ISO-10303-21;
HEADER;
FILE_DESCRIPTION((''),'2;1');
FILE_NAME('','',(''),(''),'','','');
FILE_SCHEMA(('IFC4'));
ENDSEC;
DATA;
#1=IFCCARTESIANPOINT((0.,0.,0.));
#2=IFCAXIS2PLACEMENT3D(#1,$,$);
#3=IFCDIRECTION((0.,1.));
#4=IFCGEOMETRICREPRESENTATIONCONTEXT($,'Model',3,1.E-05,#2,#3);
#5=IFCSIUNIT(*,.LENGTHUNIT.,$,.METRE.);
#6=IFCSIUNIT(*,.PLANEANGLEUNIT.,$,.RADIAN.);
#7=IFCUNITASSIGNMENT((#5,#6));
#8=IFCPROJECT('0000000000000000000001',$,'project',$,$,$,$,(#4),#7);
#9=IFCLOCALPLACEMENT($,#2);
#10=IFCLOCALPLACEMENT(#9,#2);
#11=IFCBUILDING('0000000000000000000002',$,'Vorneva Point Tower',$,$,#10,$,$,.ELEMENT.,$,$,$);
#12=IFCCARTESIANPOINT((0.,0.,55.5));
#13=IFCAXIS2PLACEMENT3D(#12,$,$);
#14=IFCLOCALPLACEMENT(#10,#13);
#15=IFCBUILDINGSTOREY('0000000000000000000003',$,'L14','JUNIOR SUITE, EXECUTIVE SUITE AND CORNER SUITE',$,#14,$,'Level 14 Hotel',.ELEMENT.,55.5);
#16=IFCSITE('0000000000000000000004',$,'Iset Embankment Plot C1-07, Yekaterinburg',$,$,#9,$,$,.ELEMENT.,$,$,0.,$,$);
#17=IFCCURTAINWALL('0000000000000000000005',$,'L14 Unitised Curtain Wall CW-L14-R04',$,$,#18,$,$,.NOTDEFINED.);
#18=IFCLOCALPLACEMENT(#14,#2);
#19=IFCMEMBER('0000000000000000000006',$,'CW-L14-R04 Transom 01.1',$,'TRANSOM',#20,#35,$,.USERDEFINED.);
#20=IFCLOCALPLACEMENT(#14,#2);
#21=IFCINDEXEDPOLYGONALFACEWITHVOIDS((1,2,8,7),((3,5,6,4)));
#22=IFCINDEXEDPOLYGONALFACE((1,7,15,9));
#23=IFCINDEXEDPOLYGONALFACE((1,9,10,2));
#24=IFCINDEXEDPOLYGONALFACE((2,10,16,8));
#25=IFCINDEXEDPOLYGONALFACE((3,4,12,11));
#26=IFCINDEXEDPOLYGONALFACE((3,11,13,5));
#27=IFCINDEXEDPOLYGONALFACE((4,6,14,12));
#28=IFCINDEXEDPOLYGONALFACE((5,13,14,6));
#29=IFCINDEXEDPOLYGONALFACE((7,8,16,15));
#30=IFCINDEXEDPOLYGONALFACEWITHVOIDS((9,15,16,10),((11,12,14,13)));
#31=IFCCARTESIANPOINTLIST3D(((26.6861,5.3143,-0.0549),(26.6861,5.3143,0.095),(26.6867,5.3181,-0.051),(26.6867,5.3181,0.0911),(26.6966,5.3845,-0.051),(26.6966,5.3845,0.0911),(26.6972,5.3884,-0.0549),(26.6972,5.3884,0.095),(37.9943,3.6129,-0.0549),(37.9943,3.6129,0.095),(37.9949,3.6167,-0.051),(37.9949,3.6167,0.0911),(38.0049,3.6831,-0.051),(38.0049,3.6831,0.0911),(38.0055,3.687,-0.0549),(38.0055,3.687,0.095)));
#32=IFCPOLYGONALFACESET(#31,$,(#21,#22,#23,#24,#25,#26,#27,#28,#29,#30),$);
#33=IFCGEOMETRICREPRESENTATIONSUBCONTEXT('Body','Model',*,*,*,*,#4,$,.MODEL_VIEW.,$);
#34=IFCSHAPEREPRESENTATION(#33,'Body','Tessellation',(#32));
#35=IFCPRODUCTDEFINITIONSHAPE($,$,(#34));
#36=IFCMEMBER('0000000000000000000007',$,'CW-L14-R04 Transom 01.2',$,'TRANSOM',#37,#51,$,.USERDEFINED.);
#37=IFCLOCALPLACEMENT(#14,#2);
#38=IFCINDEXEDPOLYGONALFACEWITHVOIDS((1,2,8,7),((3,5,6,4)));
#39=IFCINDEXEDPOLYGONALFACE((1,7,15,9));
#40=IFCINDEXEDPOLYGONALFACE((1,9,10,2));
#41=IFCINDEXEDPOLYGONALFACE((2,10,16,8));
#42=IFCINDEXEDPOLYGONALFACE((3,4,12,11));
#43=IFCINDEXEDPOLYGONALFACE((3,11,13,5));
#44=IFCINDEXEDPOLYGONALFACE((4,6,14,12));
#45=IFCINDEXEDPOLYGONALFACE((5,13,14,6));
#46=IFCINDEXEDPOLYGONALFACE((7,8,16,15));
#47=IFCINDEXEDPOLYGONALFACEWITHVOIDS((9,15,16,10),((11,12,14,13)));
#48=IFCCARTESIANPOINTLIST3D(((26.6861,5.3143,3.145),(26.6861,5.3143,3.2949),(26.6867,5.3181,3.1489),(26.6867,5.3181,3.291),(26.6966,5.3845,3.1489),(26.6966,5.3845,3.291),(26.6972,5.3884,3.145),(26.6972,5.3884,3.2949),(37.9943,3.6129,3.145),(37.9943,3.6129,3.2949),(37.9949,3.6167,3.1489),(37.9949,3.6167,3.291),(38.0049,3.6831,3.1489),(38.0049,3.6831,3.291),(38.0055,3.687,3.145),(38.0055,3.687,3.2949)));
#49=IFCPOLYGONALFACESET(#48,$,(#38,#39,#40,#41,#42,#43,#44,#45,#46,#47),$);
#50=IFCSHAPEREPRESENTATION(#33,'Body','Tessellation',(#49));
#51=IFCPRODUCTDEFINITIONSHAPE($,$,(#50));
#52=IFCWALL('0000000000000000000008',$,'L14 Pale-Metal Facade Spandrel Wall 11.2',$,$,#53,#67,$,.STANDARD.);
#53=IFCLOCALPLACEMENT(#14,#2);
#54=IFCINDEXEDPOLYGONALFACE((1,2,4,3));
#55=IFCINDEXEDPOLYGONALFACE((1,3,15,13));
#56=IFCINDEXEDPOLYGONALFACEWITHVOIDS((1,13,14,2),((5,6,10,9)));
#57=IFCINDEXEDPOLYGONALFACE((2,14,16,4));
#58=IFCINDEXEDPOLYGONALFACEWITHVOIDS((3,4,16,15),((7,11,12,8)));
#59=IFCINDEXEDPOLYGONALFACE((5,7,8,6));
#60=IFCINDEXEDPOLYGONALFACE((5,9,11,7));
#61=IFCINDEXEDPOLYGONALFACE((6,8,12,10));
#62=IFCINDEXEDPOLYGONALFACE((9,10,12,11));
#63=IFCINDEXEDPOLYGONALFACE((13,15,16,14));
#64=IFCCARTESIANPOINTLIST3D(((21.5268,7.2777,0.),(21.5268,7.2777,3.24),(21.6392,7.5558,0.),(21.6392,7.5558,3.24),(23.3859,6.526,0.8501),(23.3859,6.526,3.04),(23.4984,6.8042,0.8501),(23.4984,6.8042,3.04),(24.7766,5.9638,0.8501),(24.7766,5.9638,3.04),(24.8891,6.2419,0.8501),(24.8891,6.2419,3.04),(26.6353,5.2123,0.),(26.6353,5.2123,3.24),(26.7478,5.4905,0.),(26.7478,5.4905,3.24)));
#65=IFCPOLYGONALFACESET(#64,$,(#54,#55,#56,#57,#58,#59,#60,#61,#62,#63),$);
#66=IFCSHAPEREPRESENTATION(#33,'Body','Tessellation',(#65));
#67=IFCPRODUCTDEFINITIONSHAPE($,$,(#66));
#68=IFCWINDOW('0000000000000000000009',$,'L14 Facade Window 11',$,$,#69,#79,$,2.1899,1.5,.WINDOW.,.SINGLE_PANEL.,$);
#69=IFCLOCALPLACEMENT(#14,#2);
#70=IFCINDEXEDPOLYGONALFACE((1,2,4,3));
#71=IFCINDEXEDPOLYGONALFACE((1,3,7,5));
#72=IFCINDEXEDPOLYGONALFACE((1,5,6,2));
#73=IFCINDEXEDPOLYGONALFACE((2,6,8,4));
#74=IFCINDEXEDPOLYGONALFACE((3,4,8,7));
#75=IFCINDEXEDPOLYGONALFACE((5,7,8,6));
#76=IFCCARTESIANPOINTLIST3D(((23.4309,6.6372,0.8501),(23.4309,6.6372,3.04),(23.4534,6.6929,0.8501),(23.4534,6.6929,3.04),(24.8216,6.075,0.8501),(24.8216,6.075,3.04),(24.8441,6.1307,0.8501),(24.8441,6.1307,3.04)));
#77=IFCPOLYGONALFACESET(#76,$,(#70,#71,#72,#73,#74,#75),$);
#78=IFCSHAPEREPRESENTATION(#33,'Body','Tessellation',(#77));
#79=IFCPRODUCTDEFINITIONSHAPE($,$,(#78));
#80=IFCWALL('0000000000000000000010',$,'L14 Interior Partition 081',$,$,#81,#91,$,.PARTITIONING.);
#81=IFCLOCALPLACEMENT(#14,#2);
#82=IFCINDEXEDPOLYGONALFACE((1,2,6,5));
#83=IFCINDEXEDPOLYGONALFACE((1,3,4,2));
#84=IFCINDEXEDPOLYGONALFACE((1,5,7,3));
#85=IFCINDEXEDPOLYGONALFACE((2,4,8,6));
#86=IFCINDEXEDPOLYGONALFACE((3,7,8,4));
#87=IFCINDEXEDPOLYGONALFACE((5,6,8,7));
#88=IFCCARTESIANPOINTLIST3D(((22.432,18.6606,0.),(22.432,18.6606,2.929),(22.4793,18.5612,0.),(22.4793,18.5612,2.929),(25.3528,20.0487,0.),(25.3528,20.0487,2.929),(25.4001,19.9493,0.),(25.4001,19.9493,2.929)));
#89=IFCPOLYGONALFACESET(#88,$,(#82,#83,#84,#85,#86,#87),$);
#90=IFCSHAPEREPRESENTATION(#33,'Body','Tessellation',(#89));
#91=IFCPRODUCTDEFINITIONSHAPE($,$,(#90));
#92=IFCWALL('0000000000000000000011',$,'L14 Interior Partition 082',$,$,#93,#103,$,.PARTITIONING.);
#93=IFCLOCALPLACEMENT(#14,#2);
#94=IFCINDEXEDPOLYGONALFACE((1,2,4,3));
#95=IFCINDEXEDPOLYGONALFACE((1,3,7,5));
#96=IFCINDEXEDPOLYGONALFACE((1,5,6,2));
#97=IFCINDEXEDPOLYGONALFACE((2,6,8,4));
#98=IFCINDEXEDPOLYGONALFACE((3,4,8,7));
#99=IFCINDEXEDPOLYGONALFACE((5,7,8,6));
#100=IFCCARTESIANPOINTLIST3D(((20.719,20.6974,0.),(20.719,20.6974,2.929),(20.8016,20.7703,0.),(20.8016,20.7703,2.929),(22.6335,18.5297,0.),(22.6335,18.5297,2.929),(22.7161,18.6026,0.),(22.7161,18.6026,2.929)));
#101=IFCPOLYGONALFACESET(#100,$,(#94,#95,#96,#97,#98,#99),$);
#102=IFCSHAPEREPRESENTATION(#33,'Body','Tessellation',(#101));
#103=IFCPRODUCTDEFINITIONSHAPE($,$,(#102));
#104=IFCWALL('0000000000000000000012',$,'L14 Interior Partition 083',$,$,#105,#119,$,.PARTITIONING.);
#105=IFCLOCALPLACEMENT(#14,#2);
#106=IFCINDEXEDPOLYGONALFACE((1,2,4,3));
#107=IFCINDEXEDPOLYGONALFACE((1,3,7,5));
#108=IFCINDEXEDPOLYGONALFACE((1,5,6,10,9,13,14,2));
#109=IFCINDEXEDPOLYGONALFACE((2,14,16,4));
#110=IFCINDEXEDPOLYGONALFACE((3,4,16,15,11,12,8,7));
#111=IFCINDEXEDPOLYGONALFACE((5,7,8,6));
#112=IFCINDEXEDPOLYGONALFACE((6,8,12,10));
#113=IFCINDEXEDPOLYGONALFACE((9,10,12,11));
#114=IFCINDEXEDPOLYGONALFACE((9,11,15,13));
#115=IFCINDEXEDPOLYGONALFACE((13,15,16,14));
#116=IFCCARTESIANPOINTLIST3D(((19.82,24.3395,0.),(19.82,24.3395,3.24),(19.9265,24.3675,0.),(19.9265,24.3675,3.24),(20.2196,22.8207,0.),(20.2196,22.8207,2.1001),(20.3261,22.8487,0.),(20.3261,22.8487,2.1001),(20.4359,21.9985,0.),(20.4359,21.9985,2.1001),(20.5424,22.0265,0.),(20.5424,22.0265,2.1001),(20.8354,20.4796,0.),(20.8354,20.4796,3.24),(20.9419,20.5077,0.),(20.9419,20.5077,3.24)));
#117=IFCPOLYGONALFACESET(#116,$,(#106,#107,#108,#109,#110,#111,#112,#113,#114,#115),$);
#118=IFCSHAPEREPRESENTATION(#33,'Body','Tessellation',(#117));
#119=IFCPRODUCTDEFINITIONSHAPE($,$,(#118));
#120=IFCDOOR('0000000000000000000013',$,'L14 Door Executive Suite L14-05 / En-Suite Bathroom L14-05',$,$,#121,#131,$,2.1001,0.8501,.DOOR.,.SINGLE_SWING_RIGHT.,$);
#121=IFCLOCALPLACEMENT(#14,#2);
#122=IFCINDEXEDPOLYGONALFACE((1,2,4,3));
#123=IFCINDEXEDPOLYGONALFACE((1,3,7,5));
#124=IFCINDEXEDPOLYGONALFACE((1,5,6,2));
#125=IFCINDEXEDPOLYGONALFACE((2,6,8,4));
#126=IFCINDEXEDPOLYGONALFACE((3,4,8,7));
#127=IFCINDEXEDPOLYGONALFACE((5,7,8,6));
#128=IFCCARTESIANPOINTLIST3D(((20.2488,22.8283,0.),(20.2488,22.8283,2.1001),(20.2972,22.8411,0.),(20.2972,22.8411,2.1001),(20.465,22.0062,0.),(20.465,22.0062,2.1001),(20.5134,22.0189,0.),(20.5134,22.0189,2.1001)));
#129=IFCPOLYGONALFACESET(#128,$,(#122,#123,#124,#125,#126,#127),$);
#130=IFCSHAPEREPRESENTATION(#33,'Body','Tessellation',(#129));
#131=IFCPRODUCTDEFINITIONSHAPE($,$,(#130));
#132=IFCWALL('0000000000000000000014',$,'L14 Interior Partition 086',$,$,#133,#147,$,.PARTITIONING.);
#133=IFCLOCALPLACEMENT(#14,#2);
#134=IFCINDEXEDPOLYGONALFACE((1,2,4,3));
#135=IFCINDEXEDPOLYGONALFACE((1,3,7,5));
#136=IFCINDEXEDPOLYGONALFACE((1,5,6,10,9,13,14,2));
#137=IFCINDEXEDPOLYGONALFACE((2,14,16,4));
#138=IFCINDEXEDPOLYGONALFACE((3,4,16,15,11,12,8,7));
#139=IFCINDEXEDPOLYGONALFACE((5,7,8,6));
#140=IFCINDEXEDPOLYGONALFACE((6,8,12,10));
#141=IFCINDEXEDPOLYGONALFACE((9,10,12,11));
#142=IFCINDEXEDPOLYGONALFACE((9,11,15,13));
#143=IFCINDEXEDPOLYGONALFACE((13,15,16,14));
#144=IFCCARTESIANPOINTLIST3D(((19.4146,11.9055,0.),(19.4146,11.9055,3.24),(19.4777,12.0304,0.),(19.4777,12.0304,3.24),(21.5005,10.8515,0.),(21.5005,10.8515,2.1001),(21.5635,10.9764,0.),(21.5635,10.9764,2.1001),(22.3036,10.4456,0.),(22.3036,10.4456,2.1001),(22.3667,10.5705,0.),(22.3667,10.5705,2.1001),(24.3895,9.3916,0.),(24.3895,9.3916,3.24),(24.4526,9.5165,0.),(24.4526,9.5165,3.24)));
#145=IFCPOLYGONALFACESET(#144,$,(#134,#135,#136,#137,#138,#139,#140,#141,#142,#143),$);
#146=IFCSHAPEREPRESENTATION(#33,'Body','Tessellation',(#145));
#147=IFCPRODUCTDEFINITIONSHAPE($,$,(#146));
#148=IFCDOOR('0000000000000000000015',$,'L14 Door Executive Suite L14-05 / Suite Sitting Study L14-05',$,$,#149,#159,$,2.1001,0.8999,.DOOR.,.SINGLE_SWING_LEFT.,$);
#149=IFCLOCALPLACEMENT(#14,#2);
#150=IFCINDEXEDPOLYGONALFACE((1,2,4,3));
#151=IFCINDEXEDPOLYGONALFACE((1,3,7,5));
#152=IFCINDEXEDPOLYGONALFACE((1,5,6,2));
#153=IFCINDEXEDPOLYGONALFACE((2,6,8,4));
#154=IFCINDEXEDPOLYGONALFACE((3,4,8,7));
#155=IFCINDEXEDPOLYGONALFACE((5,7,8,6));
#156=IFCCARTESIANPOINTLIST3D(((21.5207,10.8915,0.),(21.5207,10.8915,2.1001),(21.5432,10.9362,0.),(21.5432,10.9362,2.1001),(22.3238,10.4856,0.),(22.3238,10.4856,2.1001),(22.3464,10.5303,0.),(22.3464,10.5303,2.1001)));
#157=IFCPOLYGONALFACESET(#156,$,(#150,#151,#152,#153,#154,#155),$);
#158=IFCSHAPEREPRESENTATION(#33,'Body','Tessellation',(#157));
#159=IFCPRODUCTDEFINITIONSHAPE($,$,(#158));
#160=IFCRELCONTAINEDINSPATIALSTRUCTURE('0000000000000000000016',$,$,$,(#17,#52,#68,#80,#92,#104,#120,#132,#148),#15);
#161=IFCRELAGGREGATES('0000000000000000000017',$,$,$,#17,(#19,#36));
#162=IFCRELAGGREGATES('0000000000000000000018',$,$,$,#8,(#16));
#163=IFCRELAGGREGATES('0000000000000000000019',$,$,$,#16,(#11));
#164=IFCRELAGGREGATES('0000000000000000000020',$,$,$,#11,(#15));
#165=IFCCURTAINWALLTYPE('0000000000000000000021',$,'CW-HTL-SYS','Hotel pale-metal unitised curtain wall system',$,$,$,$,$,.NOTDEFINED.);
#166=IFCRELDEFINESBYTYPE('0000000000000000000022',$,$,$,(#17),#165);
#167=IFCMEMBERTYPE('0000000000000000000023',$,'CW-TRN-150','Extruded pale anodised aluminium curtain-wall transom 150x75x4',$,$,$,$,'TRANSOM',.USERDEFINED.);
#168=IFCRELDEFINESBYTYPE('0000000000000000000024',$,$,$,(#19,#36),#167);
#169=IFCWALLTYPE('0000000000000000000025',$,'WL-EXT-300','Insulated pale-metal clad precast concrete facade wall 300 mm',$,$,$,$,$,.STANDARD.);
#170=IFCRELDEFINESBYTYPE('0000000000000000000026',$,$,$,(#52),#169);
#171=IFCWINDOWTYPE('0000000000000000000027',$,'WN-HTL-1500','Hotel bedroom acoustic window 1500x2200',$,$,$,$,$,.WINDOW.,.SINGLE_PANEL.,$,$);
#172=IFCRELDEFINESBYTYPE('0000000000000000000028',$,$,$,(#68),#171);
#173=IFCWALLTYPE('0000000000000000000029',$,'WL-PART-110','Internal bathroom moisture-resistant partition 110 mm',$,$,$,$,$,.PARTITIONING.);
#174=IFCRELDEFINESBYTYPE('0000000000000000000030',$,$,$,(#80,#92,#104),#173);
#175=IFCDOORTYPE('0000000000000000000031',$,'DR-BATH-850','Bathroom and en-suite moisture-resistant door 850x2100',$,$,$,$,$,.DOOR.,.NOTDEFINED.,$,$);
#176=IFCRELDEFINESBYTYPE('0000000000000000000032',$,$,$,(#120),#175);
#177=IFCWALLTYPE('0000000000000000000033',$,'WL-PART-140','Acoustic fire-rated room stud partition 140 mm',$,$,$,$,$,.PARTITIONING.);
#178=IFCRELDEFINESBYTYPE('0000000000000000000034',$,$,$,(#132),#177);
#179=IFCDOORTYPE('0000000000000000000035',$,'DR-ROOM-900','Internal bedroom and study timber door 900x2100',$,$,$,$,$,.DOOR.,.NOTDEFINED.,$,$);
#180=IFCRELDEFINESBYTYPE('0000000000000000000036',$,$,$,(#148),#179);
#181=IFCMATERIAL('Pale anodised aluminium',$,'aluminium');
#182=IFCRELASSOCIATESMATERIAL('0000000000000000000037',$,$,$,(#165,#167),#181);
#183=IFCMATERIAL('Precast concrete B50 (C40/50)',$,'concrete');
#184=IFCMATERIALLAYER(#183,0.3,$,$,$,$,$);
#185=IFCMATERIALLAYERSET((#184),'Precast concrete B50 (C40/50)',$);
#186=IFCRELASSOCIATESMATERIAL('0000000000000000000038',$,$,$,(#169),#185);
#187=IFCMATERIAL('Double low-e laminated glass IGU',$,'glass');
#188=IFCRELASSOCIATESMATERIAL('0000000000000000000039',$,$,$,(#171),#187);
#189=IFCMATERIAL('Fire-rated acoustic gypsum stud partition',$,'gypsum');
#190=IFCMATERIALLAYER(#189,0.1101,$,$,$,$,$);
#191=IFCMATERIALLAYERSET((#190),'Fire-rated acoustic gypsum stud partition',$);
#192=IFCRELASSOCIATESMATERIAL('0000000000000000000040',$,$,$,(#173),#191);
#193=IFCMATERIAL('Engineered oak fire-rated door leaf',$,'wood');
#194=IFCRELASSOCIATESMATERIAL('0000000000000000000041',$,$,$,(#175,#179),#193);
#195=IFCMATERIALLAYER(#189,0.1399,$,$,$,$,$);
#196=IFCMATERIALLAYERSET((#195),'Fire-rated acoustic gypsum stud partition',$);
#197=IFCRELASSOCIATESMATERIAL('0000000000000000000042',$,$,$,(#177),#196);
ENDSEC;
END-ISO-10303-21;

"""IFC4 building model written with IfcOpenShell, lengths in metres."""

from ifc_helpers import new_model, si_unit, direction, frame, frame_2d, origin, origin_2d, place, context, subcontext, project, spatial, rectangle, hollow_rectangle, extrude, material, layer, layer_set, material_profile, profile_set, type_object, element, fill, aggregate, save


model = new_model("IFC4")

# Units and contexts
model_context = context("Model", 3, precision=1e-05, world=origin(), true_north=direction((0.0, 1.0)))
body_context = subcontext(model_context, "Body", "Model", "MODEL_VIEW")
ifc_project = project(units=[si_unit("LENGTHUNIT", "METRE"), si_unit("PLANEANGLEUNIT", "RADIAN")], contexts=[model_context])

# Site, building, storey
site_placement = place(None, origin())
site = spatial("IfcSite", under=ifc_project, at=site_placement, Name="Iset Embankment Plot C1-07, Yekaterinburg", CompositionType="ELEMENT", RefElevation=0.0)
building_placement = place(site_placement, origin())
building = spatial("IfcBuilding", under=site, at=building_placement, Name="Vorneva Point Tower", CompositionType="ELEMENT")
storey_placement = place(building_placement, frame((0.0, 0.0, 55.5)))
storey = spatial("IfcBuildingStorey", under=building, at=storey_placement, Name="L14", Description="JUNIOR SUITE, EXECUTIVE SUITE AND CORNER SUITE", LongName="Level 14 Hotel", CompositionType="ELEMENT", Elevation=55.5)

# Shared definitions
ifc_material_1 = material(Name="Pale anodised aluminium", Category="aluminium")
curtain_wall_type = type_object("IfcCurtainWallType", Name="CW-HTL-SYS", Description="Hotel pale-metal unitised curtain wall system", PredefinedType="NOTDEFINED", material=ifc_material_1)

# Curtain wall, members
curtain_wall_1_placement = place(storey_placement, origin())
curtain_wall_1 = element("IfcCurtainWall", 1, at=curtain_wall_1_placement, inside=storey, type_object=curtain_wall_type, Name="L14 Unitised Curtain Wall CW-L14-R04", PredefinedType="NOTDEFINED")
ifc_material_profile_1 = material_profile(ifc_material_1, hollow_rectangle(XDim=0.075, YDim=0.1499, WallThickness=0.0039, at=origin_2d()), Name="AL-TRN 150x75x4")
ifc_profile_set_1 = profile_set([ifc_material_profile_1], Name="Pale anodised aluminium")
member_type_1 = type_object("IfcMemberType", Name="CW-TRN-150", Description="Extruded pale anodised aluminium curtain-wall transom 150x75x4", ElementType="TRANSOM", PredefinedType="USERDEFINED", material=ifc_profile_set_1)
member_1_placement = place(storey_placement, frame((26.6917, 5.3513, 0.02), z_axis=(0.98887, -0.148782, 0.0), x_axis=(0.148782, 0.98887, 0.0)))
member_1 = element("IfcMember", 2, at=member_1_placement, type_object=member_type_1, Name="CW-L14-R04 Transom 01.1", ObjectType="TRANSOM", PredefinedType="USERDEFINED", context=body_context, shape_type="SweptSolid", body=[
    extrude(hollow_rectangle(XDim=0.075, YDim=0.1499, WallThickness=0.0039, at=origin_2d()), origin(), (0.0, 0.0, 1.0), 11.4355),
])
member_2_placement = place(storey_placement, frame((26.6917, 5.3513, 3.22), z_axis=(0.98887, -0.148782, 0.0), x_axis=(0.148782, 0.98887, 0.0)))
member_2 = element("IfcMember", 3, at=member_2_placement, type_object=member_type_1, Name="CW-L14-R04 Transom 01.2", ObjectType="TRANSOM", PredefinedType="USERDEFINED", context=body_context, shape_type="SweptSolid", body=[
    extrude(hollow_rectangle(XDim=0.075, YDim=0.1499, WallThickness=0.0039, at=origin_2d()), origin(), (0.0, 0.0, 1.0), 11.4355),
])
aggregate(curtain_wall_1, [member_1, member_2])

# Wall, opening, window
ifc_material_2 = material(Name="Precast concrete B50 (C40/50)", Category="concrete")
ifc_layer_1 = layer(ifc_material_2, 0.3)
ifc_layer_set_1 = layer_set([ifc_layer_1], Name="Precast concrete B50 (C40/50)")
wall_type_1 = type_object("IfcWallType", Name="WL-EXT-300", Description="Insulated pale-metal clad precast concrete facade wall 300 mm", PredefinedType="STANDARD", material=ifc_layer_set_1)
wall_1_placement = place(storey_placement, frame((21.583, 7.4167, 0.0), z_axis=(0.0, 0.0, 1.0), x_axis=(0.927095, -0.374826, 0.0)))
wall_1 = element("IfcWall", 4, at=wall_1_placement, inside=storey, type_object=wall_type_1, Name="L14 Pale-Metal Facade Spandrel Wall 11.2", PredefinedType="STANDARD", context=body_context, shape_type="SweptSolid", body=[
    extrude(rectangle(XDim=5.5103, YDim=0.3, at=frame_2d((2.7551, 0.0))), origin(), (0.0, 0.0, 1.0), 3.24),
])
opening_1_placement = place(wall_1_placement, frame((2.0054, 0.0, 0.8501)))
opening_1 = element("IfcOpeningElement", 5, at=opening_1_placement, cuts=wall_1, PredefinedType="OPENING", context=body_context, shape_type="SweptSolid", body=[
    extrude(rectangle(XDim=1.5, YDim=2.1899, at=frame_2d((0.75, 1.095))), frame((0.0, 0.165, 0.0), z_axis=(0.0, -1.0, 0.0), x_axis=(1.0, 0.0, 0.0)), (0.0, 0.0, 1.0), 0.3298),
])
ifc_material_3 = material(Name="Double low-e laminated glass IGU", Category="glass")
window_type = type_object("IfcWindowType", Name="WN-HTL-1500", Description="Hotel bedroom acoustic window 1500x2200", PartitioningType="SINGLE_PANEL", PredefinedType="WINDOW", material=ifc_material_3)
window_placement = place(opening_1_placement, origin())
window = element("IfcWindow", 6, at=window_placement, inside=storey, type_object=window_type, Name="L14 Facade Window 11", OverallHeight=2.1899, OverallWidth=1.5, PartitioningType="SINGLE_PANEL", PredefinedType="WINDOW", context=body_context, shape_type="SweptSolid", body=[
    extrude(rectangle(XDim=1.5, YDim=2.1899, at=frame_2d((0.75, 1.095))), frame((0.0, 0.03, 0.0), z_axis=(0.0, -1.0, 0.0), x_axis=(1.0, 0.0, 0.0)), (0.0, 0.0, 1.0), 0.0601),
])
fill(opening_1, window)

# Walls
ifc_material_4 = material(Name="Fire-rated acoustic gypsum stud partition", Category="gypsum")
ifc_layer_2 = layer(ifc_material_4, 0.1101)
ifc_layer_set_2 = layer_set([ifc_layer_2], Name="Fire-rated acoustic gypsum stud partition")
wall_type_2 = type_object("IfcWallType", Name="WL-PART-110", Description="Internal bathroom moisture-resistant partition 110 mm", PredefinedType="PARTITIONING", material=ifc_layer_set_2)
wall_2_placement = place(storey_placement, frame((25.3765, 19.999, 0.0), z_axis=(0.0, 0.0, 1.0), x_axis=(-0.903187, -0.429248, 0.0)))
element("IfcWall", 7, at=wall_2_placement, inside=storey, type_object=wall_type_2, Name="L14 Interior Partition 081", PredefinedType="PARTITIONING", context=body_context, shape_type="SweptSolid", body=[
    extrude(rectangle(XDim=3.2339, YDim=0.1101, at=frame_2d((1.6169, 0.0))), origin(), (0.0, 0.0, 1.0), 2.929),
])
wall_3_placement = place(storey_placement, frame((22.6748, 18.5662, 0.0), z_axis=(0.0, 0.0, 1.0), x_axis=(-0.661982, 0.74952, 0.0)))
element("IfcWall", 8, at=wall_3_placement, inside=storey, type_object=wall_type_2, Name="L14 Interior Partition 082", PredefinedType="PARTITIONING", context=body_context, shape_type="SweptSolid", body=[
    extrude(rectangle(XDim=2.8921, YDim=0.1101, at=frame_2d((1.446, 0.0))), origin(), (0.0, 0.0, 1.0), 2.929),
])

# Walls, openings, doors
wall_4_placement = place(storey_placement, frame((20.8887, 20.4937, 0.0), z_axis=(0.0, 0.0, 1.0), x_axis=(-0.254406, 0.967098, 0.0)))
wall_4 = element("IfcWall", 9, at=wall_4_placement, inside=storey, type_object=wall_type_2, Name="L14 Interior Partition 083", PredefinedType="PARTITIONING", context=body_context, shape_type="SweptSolid", body=[
    extrude(rectangle(XDim=3.9912, YDim=0.1101, at=frame_2d((1.9956, 0.0))), origin(), (0.0, 0.0, 1.0), 3.24),
])
opening_2_placement = place(wall_4_placement, frame((1.5706, 0.0, 0.0)))
opening_2 = element("IfcOpeningElement", 10, at=opening_2_placement, cuts=wall_4, PredefinedType="OPENING", context=body_context, shape_type="SweptSolid", body=[
    extrude(rectangle(XDim=0.8501, YDim=2.1001, at=frame_2d((0.425, 1.05))), frame((0.0, 0.0698, 0.0), z_axis=(0.0, -1.0, 0.0), x_axis=(1.0, 0.0, 0.0)), (0.0, 0.0, 1.0), 0.1399),
])
ifc_material_5 = material(Name="Engineered oak fire-rated door leaf", Category="wood")
door_type_1 = type_object("IfcDoorType", Name="DR-BATH-850", Description="Bathroom and en-suite moisture-resistant door 850x2100", OperationType="NOTDEFINED", PredefinedType="DOOR", material=ifc_material_5)
door_1_placement = place(opening_2_placement, origin())
door_1 = element("IfcDoor", 11, at=door_1_placement, inside=storey, type_object=door_type_1, Name="L14 Door Executive Suite L14-05 / En-Suite Bathroom L14-05", OperationType="SINGLE_SWING_RIGHT", OverallHeight=2.1001, OverallWidth=0.8501, PredefinedType="DOOR", context=body_context, shape_type="SweptSolid", body=[
    extrude(rectangle(XDim=0.8501, YDim=2.1001, at=frame_2d((0.425, 1.05))), frame((0.0, 0.0249, 0.0), z_axis=(0.0, -1.0, 0.0), x_axis=(1.0, 0.0, 0.0)), (0.0, 0.0, 1.0), 0.05),
])
fill(opening_2, door_1)
ifc_layer_3 = layer(ifc_material_4, 0.1399)
ifc_layer_set_3 = layer_set([ifc_layer_3], Name="Fire-rated acoustic gypsum stud partition")
wall_type_3 = type_object("IfcWallType", Name="WL-PART-140", Description="Acoustic fire-rated room stud partition 140 mm", PredefinedType="PARTITIONING", material=ifc_layer_set_3)
wall_5_placement = place(storey_placement, frame((19.446, 11.968, 0.0), z_axis=(0.0, 0.0, 1.0), x_axis=(0.892518, -0.451011, 0.0)))
wall_5 = element("IfcWall", 12, at=wall_5_placement, inside=storey, type_object=wall_type_3, Name="L14 Interior Partition 086", PredefinedType="PARTITIONING", context=body_context, shape_type="SweptSolid", body=[
    extrude(rectangle(XDim=5.574, YDim=0.1399, at=frame_2d((2.7871, 0.0))), origin(), (0.0, 0.0, 1.0), 3.24),
])
opening_3_placement = place(wall_5_placement, frame((2.3372, 0.0, 0.0)))
opening_3 = element("IfcOpeningElement", 13, at=opening_3_placement, cuts=wall_5, PredefinedType="OPENING", context=body_context, shape_type="SweptSolid", body=[
    extrude(rectangle(XDim=0.8999, YDim=2.1001, at=frame_2d((0.45, 1.05))), frame((0.0, 0.085, 0.0), z_axis=(0.0, -1.0, 0.0), x_axis=(1.0, 0.0, 0.0)), (0.0, 0.0, 1.0), 0.1697),
])
door_type_2 = type_object("IfcDoorType", Name="DR-ROOM-900", Description="Internal bedroom and study timber door 900x2100", OperationType="NOTDEFINED", PredefinedType="DOOR", material=ifc_material_5)
door_2_placement = place(opening_3_placement, origin())
door_2 = element("IfcDoor", 14, at=door_2_placement, inside=storey, type_object=door_type_2, Name="L14 Door Executive Suite L14-05 / Suite Sitting Study L14-05", OperationType="SINGLE_SWING_LEFT", OverallHeight=2.1001, OverallWidth=0.8999, PredefinedType="DOOR", context=body_context, shape_type="SweptSolid", body=[
    extrude(rectangle(XDim=0.8999, YDim=2.1001, at=frame_2d((0.45, 1.05))), frame((0.0, 0.0249, 0.0), z_axis=(0.0, -1.0, 0.0), x_axis=(1.0, 0.0, 0.0)), (0.0, 0.0, 1.0), 0.05),
])
fill(opening_3, door_2)

save(model, "model.ifc")
